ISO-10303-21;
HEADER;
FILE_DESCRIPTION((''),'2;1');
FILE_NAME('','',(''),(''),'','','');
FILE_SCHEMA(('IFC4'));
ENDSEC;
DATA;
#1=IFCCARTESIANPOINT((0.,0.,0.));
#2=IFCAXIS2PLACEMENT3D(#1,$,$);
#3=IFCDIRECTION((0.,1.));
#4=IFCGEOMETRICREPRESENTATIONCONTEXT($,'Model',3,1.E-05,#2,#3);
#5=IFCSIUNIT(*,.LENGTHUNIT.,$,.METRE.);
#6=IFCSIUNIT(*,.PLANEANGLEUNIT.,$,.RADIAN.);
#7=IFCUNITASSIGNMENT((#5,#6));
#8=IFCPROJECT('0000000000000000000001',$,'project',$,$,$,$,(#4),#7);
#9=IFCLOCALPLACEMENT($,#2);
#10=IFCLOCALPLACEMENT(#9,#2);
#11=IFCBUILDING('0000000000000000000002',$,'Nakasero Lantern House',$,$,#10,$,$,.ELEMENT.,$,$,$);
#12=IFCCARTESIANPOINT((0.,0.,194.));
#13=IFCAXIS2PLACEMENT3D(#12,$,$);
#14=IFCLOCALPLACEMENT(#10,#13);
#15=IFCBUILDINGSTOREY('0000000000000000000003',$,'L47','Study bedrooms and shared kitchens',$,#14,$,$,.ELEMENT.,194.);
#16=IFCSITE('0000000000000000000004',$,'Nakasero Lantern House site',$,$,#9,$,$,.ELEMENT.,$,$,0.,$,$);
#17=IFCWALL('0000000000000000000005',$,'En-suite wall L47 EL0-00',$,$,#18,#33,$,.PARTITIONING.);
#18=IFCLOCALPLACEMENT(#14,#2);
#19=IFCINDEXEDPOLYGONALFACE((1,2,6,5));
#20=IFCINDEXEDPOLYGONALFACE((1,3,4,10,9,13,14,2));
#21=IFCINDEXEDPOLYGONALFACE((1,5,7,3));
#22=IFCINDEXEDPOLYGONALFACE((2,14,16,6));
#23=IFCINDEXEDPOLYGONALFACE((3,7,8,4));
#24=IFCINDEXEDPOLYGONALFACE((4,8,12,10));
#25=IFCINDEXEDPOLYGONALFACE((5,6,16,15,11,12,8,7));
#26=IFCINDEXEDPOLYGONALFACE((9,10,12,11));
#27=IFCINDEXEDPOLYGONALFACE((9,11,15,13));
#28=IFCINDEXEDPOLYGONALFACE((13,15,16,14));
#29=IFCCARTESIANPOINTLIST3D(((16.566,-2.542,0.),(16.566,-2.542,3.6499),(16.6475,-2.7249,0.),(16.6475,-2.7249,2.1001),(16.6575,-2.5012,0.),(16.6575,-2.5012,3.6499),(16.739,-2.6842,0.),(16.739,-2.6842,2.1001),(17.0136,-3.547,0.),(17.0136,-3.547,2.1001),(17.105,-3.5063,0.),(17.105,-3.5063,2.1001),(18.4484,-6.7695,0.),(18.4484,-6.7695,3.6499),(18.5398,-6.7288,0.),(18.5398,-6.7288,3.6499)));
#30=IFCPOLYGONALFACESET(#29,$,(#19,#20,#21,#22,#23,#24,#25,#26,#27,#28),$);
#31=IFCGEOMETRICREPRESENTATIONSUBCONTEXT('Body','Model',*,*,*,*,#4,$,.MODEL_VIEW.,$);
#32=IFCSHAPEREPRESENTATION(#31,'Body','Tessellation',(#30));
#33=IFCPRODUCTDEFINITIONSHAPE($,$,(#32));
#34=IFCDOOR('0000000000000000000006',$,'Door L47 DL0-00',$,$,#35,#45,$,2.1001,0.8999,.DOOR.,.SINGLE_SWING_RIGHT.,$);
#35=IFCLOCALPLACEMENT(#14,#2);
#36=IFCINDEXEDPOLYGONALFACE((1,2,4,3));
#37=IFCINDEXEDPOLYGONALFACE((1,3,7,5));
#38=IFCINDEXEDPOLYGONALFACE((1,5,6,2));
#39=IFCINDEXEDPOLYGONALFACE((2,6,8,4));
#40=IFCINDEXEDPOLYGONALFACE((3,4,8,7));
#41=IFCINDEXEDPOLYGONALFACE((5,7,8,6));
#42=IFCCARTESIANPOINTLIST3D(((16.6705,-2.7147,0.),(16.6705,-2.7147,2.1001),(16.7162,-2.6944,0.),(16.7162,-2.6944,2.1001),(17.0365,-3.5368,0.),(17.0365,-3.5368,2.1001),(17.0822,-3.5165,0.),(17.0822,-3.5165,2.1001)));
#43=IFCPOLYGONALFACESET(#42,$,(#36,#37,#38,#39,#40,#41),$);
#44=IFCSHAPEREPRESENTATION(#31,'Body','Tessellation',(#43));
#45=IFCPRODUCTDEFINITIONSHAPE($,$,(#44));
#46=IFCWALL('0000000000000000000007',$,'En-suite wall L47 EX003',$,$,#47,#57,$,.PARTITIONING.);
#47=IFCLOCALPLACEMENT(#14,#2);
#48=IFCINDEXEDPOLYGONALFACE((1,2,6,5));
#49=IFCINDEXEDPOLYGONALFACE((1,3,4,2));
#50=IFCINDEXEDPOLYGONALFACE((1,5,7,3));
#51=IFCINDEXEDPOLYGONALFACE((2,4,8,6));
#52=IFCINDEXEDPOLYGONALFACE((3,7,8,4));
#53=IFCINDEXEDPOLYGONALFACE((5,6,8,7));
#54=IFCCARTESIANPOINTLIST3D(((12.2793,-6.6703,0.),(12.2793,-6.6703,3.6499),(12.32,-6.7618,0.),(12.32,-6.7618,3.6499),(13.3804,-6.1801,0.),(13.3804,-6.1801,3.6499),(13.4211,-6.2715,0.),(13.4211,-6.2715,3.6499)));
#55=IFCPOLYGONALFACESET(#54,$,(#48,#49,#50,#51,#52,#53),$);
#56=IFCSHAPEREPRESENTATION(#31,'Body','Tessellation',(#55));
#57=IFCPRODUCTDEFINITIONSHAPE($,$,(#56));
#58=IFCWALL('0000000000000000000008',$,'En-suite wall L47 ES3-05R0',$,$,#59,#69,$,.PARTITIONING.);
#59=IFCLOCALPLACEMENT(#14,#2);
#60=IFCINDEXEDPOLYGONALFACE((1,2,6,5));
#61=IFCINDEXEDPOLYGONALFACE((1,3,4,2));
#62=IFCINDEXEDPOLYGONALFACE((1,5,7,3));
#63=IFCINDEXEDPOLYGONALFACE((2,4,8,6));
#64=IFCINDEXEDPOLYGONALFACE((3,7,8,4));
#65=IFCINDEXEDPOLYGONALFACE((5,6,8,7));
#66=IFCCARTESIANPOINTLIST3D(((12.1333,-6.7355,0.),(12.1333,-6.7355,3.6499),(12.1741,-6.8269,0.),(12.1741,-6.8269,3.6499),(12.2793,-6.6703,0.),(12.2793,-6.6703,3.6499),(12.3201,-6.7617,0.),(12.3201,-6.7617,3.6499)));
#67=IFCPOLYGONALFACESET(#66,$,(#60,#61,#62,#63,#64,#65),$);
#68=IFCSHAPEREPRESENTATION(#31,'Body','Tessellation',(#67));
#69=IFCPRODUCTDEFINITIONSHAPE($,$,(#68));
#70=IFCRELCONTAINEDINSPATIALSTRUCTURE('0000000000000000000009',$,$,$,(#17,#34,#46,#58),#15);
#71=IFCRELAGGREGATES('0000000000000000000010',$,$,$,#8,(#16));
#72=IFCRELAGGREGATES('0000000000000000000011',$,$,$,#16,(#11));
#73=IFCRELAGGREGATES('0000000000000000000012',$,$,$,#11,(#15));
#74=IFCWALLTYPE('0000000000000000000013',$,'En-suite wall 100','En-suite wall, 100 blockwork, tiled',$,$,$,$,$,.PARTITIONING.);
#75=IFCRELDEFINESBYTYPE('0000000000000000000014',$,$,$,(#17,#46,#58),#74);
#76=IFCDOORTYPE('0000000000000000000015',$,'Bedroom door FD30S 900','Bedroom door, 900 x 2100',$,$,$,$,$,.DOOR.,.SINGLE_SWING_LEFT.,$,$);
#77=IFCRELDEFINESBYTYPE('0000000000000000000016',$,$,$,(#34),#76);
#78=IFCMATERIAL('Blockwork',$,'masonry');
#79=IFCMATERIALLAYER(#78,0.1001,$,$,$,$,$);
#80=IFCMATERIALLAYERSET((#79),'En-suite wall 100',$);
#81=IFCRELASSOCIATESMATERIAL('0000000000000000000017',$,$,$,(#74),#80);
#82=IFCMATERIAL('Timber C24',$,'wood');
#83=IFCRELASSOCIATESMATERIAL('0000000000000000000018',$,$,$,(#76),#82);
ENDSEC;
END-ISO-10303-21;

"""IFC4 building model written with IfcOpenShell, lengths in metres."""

from ifc_helpers import new_model, si_unit, direction, frame, frame_2d, origin, place, context, subcontext, project, spatial, rectangle, extrude, material, layer, layer_set, type_object, element, fill, save


model = new_model("IFC4")

# Units and contexts
model_context = context("Model", 3, precision=1e-05, world=origin(), true_north=direction((0.0, 1.0)))
body_context = subcontext(model_context, "Body", "Model", "MODEL_VIEW")
ifc_project = project(units=[si_unit("LENGTHUNIT", "METRE"), si_unit("PLANEANGLEUNIT", "RADIAN")], contexts=[model_context])

# Site, building, storey
site_placement = place(None, origin())
site = spatial("IfcSite", under=ifc_project, at=site_placement, Name="Nakasero Lantern House site", CompositionType="ELEMENT", RefElevation=0.0)
building_placement = place(site_placement, origin())
building = spatial("IfcBuilding", under=site, at=building_placement, Name="Nakasero Lantern House", CompositionType="ELEMENT")
storey_placement = place(building_placement, frame((0.0, 0.0, 194.0)))
storey = spatial("IfcBuildingStorey", under=building, at=storey_placement, Name="L47", Description="Study bedrooms and shared kitchens", CompositionType="ELEMENT", Elevation=194.0)

# Shared definitions
ifc_material_1 = material(Name="Blockwork", Category="masonry")
ifc_layer_1 = layer(ifc_material_1, 0.1001)
ifc_layer_set_1 = layer_set([ifc_layer_1], Name="En-suite wall 100")
wall_type_1 = type_object("IfcWallType", Name="En-suite wall 100", Description="En-suite wall, 100 blockwork, tiled", PredefinedType="PARTITIONING", material=ifc_layer_set_1)

# Wall, opening, door
wall_1_placement = place(storey_placement, frame((18.4941, -6.7493, 0.0), z_axis=(0.0, 0.0, 1.0), x_axis=(-0.406755, 0.913537, 0.0)))
wall_1 = element("IfcWall", 1, at=wall_1_placement, inside=storey, type_object=wall_type_1, Name="En-suite wall L47 EL0-00", PredefinedType="PARTITIONING", context=body_context, shape_type="SweptSolid", body=[
    extrude(rectangle(XDim=4.6277, YDim=0.1001, at=frame_2d((2.314, 0.0))), origin(), (0.0, 0.0, 1.0), 3.6499),
])
opening_1_placement = place(wall_1_placement, frame((3.5276, 0.0, 0.0)))
opening_1 = element("IfcOpeningElement", 2, at=opening_1_placement, cuts=wall_1, PredefinedType="OPENING", context=body_context, shape_type="SweptSolid", body=[
    extrude(rectangle(XDim=0.8999, YDim=2.1001, at=frame_2d((0.45, 1.05))), frame((0.0, 0.0701, 0.0), z_axis=(0.0, -1.0, 0.0), x_axis=(1.0, 0.0, 0.0)), (0.0, 0.0, 1.0), 0.1401),
])
ifc_material_2 = material(Name="Timber C24", Category="wood")
door_type_1 = type_object("IfcDoorType", Name="Bedroom door FD30S 900", Description="Bedroom door, 900 x 2100", OperationType="SINGLE_SWING_LEFT", PredefinedType="DOOR", material=ifc_material_2)
door_1_placement = place(opening_1_placement, origin())
door_1 = element("IfcDoor", 3, at=door_1_placement, inside=storey, type_object=door_type_1, Name="Door L47 DL0-00", OperationType="SINGLE_SWING_RIGHT", OverallHeight=2.1001, OverallWidth=0.8999, PredefinedType="DOOR", context=body_context, shape_type="SweptSolid", body=[
    extrude(rectangle(XDim=0.8999, YDim=2.1001, at=frame_2d((0.45, 1.05))), frame((0.0, 0.0249, 0.0), z_axis=(0.0, -1.0, 0.0), x_axis=(1.0, 0.0, 0.0)), (0.0, 0.0, 1.0), 0.05),
])
fill(opening_1, door_1)

# Walls
wall_2_placement = place(storey_placement, frame((13.4006, -6.2258, 0.0), z_axis=(0.0, 0.0, 1.0), x_axis=(-0.913544, -0.40674, 0.0)))
element("IfcWall", 4, at=wall_2_placement, inside=storey, type_object=wall_type_1, Name="En-suite wall L47 EX003", PredefinedType="PARTITIONING", context=body_context, shape_type="SweptSolid", body=[
    extrude(rectangle(XDim=1.2053, YDim=0.1001, at=frame_2d((0.6025, 0.0))), origin(), (0.0, 0.0, 1.0), 3.6499),
])
wall_3_placement = place(storey_placement, frame((12.1536, -6.7812, 0.0), z_axis=(0.0, 0.0, 1.0), x_axis=(0.913118, 0.407696, 0.0)))
element("IfcWall", 5, at=wall_3_placement, inside=storey, type_object=wall_type_1, Name="En-suite wall L47 ES3-05R0", PredefinedType="PARTITIONING", context=body_context, shape_type="SweptSolid", body=[
    extrude(rectangle(XDim=0.1599, YDim=0.1001, at=frame_2d((0.0801, 0.0))), origin(), (0.0, 0.0, 1.0), 3.6499),
])

save(model, "model.ifc")
